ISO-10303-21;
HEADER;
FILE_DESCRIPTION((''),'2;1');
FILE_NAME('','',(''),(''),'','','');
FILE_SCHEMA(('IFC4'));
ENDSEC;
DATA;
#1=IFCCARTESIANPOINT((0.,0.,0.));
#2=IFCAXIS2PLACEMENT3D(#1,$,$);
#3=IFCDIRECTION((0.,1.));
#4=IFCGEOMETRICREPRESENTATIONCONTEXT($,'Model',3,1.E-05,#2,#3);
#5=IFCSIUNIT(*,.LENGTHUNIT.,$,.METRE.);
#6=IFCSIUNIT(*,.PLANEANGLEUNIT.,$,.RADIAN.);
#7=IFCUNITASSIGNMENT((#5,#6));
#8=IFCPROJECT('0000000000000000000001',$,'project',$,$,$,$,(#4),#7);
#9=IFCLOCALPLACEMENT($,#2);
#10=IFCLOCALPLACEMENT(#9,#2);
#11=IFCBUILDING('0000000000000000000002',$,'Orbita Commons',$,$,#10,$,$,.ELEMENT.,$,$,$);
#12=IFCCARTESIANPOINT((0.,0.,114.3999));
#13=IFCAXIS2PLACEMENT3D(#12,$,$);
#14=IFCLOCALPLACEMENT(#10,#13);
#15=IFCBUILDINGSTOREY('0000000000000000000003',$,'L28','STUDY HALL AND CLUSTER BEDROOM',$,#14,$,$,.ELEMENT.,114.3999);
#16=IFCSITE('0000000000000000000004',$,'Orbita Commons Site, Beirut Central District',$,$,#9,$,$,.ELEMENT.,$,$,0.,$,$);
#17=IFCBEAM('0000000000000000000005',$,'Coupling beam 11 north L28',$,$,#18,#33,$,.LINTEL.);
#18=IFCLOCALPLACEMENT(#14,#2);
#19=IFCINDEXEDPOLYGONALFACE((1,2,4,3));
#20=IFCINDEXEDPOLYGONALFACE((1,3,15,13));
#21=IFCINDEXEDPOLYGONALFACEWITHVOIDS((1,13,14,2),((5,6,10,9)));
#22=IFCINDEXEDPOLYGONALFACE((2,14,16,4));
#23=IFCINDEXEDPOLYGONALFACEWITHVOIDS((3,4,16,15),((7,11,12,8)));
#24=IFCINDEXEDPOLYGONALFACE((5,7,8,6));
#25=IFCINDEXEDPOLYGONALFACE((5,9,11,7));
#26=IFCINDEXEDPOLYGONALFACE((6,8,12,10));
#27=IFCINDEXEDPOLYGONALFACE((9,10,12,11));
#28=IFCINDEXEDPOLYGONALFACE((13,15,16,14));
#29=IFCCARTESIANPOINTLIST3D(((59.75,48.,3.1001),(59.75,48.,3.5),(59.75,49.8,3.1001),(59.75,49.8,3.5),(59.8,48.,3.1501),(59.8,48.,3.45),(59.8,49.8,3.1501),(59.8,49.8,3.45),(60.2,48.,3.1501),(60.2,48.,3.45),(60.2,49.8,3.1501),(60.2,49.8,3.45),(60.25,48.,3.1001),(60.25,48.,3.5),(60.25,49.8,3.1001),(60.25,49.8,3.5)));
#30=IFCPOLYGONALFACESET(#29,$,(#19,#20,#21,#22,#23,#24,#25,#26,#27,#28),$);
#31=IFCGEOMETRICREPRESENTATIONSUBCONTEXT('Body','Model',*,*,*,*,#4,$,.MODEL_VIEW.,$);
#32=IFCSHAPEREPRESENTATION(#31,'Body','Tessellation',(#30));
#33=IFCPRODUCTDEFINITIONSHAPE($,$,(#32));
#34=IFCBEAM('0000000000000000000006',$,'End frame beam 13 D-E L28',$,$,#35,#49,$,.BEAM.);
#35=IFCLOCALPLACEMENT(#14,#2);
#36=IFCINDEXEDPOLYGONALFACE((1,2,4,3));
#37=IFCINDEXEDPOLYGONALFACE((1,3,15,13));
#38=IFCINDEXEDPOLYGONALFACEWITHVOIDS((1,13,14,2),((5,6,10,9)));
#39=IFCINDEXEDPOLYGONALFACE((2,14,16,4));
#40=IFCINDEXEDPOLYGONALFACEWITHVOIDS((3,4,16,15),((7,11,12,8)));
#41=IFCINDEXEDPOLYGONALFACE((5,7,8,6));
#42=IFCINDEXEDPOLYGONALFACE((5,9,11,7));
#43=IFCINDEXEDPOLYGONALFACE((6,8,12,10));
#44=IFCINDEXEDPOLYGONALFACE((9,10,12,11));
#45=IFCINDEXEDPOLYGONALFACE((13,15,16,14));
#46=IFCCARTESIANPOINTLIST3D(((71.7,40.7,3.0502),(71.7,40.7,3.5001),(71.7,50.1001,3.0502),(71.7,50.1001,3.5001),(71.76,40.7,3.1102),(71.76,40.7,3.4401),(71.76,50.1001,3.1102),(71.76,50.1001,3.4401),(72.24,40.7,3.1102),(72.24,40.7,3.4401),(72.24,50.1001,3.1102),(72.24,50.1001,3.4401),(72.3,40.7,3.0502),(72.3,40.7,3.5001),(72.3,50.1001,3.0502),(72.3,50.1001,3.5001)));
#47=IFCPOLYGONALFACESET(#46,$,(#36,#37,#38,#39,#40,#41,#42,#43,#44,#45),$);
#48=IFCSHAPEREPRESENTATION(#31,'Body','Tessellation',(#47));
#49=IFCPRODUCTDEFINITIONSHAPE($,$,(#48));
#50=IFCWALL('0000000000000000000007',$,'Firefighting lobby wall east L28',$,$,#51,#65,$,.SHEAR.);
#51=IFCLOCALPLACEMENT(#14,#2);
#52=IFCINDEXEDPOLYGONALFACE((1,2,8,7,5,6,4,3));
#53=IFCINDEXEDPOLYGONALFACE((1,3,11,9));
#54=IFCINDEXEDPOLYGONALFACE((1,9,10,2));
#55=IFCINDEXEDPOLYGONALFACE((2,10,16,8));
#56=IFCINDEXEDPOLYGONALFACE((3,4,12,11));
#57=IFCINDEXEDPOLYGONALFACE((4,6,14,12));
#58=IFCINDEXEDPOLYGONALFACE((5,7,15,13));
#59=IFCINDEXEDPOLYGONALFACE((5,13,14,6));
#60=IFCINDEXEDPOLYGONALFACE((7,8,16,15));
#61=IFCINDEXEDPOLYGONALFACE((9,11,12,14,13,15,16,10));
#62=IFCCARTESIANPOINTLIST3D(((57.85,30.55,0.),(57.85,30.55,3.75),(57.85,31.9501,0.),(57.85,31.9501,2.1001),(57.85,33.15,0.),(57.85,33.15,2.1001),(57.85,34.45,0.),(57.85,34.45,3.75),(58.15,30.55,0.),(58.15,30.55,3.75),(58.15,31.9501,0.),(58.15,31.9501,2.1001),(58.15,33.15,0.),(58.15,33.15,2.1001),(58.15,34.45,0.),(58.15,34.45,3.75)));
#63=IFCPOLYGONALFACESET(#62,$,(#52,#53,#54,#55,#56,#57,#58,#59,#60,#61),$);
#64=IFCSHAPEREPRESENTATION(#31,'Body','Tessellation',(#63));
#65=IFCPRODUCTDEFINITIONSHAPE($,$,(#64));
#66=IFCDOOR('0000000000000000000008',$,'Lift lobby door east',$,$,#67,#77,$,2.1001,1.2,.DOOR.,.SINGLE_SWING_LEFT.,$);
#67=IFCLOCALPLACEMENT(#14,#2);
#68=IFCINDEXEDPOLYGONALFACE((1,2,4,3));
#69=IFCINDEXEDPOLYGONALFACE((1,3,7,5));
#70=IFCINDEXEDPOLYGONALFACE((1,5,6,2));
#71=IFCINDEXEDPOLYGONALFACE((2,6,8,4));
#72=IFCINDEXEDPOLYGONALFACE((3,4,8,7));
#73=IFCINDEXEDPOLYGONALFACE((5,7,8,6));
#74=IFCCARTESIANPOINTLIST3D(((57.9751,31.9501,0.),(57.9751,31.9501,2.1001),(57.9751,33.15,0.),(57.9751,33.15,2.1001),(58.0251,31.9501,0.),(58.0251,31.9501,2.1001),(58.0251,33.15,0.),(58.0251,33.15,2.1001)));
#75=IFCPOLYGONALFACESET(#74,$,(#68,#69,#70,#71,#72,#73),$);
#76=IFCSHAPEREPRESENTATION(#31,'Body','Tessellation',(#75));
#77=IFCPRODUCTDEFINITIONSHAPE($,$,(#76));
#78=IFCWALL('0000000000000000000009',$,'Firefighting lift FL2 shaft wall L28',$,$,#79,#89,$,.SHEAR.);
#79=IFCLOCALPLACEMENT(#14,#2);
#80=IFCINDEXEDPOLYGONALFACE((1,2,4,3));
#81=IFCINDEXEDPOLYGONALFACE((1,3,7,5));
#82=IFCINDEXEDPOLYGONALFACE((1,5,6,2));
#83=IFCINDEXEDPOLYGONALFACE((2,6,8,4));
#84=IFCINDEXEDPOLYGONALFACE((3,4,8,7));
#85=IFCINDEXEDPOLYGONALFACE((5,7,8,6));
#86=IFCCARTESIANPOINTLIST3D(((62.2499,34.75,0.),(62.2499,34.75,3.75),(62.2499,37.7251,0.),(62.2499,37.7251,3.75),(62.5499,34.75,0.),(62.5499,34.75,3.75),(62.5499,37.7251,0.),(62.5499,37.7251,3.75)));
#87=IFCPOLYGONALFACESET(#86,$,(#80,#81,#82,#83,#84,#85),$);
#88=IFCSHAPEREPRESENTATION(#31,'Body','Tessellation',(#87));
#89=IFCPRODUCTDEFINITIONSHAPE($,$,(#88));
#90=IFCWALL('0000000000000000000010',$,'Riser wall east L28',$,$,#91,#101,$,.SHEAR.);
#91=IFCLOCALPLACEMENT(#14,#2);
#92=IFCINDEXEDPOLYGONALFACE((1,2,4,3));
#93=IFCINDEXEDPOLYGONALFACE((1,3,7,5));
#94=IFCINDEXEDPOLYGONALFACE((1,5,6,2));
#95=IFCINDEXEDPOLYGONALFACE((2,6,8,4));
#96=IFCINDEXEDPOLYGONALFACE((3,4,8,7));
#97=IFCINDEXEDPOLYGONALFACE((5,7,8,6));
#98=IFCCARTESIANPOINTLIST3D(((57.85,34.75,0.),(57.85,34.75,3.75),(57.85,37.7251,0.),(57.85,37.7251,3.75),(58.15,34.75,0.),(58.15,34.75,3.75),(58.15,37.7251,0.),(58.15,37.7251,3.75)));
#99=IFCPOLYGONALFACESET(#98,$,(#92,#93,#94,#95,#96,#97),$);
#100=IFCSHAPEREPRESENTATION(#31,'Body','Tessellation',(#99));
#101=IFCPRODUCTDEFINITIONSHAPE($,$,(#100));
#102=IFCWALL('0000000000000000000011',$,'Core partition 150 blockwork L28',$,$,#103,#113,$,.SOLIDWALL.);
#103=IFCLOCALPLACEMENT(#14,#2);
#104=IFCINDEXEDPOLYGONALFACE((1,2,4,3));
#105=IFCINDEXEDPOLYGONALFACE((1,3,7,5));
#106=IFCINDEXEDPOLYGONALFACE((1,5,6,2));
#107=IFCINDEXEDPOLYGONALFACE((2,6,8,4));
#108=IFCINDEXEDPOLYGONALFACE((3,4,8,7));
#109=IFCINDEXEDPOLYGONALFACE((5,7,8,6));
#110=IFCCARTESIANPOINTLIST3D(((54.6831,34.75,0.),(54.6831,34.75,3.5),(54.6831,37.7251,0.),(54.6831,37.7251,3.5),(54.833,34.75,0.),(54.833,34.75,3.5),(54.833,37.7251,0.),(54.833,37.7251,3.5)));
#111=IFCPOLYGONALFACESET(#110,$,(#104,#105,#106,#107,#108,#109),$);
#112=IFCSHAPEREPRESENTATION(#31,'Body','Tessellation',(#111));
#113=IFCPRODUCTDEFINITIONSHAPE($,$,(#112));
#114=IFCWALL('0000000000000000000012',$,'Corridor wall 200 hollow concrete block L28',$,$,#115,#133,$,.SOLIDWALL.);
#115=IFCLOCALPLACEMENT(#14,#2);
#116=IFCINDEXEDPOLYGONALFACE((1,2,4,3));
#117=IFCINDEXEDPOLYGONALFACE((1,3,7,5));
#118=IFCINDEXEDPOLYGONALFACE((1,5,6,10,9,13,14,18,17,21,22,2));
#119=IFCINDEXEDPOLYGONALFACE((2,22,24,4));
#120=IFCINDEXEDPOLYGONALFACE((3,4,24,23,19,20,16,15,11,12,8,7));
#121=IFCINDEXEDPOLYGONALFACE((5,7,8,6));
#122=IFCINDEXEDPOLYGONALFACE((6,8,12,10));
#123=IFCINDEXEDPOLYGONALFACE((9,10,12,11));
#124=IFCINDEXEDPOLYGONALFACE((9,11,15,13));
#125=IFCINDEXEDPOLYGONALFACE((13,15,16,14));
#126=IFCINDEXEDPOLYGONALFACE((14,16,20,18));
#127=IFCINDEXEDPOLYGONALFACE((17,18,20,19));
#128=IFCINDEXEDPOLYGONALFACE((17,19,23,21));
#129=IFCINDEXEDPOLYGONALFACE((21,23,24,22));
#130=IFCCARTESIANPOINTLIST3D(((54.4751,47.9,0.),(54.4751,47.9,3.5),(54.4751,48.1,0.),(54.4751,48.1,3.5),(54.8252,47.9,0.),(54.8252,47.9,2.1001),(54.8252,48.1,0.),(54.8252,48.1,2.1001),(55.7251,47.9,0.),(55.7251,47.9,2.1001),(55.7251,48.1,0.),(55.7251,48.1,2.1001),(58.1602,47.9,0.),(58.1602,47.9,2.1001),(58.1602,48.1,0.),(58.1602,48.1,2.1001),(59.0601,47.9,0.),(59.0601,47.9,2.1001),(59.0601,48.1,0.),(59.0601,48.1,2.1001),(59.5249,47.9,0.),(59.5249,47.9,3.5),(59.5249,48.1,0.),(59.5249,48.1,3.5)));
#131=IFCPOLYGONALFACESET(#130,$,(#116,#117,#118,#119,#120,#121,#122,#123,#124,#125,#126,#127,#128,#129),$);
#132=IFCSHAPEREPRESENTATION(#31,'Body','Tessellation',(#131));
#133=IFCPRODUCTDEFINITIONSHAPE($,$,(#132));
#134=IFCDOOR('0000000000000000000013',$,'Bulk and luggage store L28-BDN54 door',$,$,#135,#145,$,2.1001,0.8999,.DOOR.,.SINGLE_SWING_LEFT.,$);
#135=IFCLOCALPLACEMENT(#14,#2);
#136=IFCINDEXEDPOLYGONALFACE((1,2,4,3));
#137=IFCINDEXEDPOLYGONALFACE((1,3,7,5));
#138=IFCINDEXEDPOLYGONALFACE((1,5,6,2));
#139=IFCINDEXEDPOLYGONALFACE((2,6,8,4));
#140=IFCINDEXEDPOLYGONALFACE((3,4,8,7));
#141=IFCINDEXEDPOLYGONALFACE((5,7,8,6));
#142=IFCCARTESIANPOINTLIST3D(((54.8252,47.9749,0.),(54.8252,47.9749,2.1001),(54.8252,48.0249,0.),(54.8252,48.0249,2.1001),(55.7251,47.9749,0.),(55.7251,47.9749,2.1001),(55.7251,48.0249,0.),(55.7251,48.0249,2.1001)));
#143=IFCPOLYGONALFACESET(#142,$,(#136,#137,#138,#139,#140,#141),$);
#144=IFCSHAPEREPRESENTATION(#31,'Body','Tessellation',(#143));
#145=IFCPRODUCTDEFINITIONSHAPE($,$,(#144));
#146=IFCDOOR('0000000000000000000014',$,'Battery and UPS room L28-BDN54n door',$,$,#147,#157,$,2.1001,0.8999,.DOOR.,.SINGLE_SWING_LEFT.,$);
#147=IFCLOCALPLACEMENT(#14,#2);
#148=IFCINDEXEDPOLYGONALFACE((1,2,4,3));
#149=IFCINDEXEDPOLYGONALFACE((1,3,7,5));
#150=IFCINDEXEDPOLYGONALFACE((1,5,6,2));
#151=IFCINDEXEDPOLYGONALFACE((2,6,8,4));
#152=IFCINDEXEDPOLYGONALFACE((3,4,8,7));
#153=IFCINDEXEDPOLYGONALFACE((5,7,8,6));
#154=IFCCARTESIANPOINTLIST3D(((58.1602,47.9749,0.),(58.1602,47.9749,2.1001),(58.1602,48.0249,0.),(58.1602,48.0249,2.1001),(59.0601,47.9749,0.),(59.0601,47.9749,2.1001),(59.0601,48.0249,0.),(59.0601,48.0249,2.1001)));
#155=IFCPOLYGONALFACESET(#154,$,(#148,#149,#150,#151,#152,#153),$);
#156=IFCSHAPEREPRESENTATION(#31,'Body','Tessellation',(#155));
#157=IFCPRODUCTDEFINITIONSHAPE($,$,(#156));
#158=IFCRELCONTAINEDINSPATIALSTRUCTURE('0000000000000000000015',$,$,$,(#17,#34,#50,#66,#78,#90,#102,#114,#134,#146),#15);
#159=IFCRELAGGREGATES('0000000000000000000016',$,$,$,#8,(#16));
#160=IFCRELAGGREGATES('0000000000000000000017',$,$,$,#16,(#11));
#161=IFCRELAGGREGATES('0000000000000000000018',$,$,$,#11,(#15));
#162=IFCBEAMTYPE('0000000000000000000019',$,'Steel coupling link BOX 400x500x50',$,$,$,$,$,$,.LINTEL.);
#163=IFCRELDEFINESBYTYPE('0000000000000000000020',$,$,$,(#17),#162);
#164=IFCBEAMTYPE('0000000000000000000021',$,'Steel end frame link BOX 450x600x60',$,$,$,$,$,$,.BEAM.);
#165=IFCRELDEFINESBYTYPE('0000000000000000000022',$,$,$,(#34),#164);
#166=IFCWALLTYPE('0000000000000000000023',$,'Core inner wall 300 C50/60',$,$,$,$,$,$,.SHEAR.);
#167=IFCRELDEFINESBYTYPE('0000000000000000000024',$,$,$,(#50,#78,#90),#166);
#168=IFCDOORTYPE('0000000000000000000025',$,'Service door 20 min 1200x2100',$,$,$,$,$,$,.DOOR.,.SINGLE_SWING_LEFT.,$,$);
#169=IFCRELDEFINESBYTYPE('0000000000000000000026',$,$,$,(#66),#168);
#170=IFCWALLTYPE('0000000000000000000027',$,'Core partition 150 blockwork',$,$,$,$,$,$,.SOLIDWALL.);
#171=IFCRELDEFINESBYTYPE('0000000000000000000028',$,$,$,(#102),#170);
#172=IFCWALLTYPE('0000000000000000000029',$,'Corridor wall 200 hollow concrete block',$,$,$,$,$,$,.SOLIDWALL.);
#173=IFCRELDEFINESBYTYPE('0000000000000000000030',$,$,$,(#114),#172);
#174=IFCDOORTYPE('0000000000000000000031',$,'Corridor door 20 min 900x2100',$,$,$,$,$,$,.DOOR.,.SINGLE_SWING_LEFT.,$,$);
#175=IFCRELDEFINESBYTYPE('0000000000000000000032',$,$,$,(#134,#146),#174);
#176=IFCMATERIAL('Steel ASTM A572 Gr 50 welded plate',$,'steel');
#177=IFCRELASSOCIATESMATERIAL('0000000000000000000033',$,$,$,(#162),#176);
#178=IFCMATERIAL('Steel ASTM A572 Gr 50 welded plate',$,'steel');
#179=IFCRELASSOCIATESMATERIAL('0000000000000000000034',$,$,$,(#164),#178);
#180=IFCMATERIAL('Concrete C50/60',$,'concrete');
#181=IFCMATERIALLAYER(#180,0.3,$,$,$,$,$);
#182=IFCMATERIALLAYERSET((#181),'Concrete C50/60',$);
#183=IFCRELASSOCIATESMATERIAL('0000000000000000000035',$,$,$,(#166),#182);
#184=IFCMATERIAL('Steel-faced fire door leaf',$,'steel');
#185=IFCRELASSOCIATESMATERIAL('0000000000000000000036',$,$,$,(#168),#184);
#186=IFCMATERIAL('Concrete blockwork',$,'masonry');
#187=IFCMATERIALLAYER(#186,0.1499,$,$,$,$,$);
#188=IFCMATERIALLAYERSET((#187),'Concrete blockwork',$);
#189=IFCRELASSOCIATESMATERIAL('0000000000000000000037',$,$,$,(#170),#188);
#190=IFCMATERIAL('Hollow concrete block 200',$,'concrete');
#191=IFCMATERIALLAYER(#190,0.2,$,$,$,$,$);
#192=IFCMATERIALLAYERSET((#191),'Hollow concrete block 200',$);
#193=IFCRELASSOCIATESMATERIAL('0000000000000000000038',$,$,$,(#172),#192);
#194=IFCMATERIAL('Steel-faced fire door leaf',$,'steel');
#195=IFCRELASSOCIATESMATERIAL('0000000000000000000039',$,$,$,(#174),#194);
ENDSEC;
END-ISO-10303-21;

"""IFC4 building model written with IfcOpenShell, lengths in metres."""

from ifc_helpers import new_model, si_unit, direction, frame, frame_2d, origin, origin_2d, place, context, subcontext, project, spatial, rectangle, hollow_rectangle, extrude, material, layer, layer_set, material_profile, profile_set, type_object, element, fill, save


model = new_model("IFC4")

# Units and contexts
model_context = context("Model", 3, precision=1e-05, world=origin(), true_north=direction((0.0, 1.0)))
body_context = subcontext(model_context, "Body", "Model", "MODEL_VIEW")
ifc_project = project(units=[si_unit("LENGTHUNIT", "METRE"), si_unit("PLANEANGLEUNIT", "RADIAN")], contexts=[model_context])

# Site, building, storey
site_placement = place(None, origin())
site = spatial("IfcSite", under=ifc_project, at=site_placement, Name="Orbita Commons Site, Beirut Central District", CompositionType="ELEMENT", RefElevation=0.0)
building_placement = place(site_placement, origin())
building = spatial("IfcBuilding", under=site, at=building_placement, Name="Orbita Commons", CompositionType="ELEMENT")
storey_placement = place(building_placement, frame((0.0, 0.0, 114.3999)))
storey = spatial("IfcBuildingStorey", under=building, at=storey_placement, Name="L28", Description="STUDY HALL AND CLUSTER BEDROOM", CompositionType="ELEMENT", Elevation=114.3999)

# Beams
ifc_material_1 = material(Name="Steel ASTM A572 Gr 50 welded plate", Category="steel")
ifc_material_profile_1 = material_profile(ifc_material_1, hollow_rectangle(XDim=0.5, YDim=0.3999, WallThickness=0.05, at=origin_2d()), Name="BOX 400x500x50")
ifc_profile_set_1 = profile_set([ifc_material_profile_1], Name="Steel ASTM A572 Gr 50 welded plate")
beam_type_1 = type_object("IfcBeamType", Name="Steel coupling link BOX 400x500x50", PredefinedType="LINTEL", material=ifc_profile_set_1)
beam_1_placement = place(storey_placement, frame((60.0, 48.0, 3.3), z_axis=(0.0, 1.0, 0.0), x_axis=(-1.0, 0.0, 0.0)))
element("IfcBeam", 1, at=beam_1_placement, inside=storey, type_object=beam_type_1, Name="Coupling beam 11 north L28", PredefinedType="LINTEL", context=body_context, shape_type="SweptSolid", body=[
    extrude(hollow_rectangle(XDim=0.5, YDim=0.3999, WallThickness=0.05, at=origin_2d()), origin(), (0.0, 0.0, 1.0), 1.8),
])
ifc_material_2 = material(Name="Steel ASTM A572 Gr 50 welded plate", Category="steel")
ifc_material_profile_2 = material_profile(ifc_material_2, hollow_rectangle(XDim=0.6001, YDim=0.45, WallThickness=0.0601, at=origin_2d()), Name="BOX 450x600x60")
ifc_profile_set_2 = profile_set([ifc_material_profile_2], Name="Steel ASTM A572 Gr 50 welded plate")
beam_type_2 = type_object("IfcBeamType", Name="Steel end frame link BOX 450x600x60", PredefinedType="BEAM", material=ifc_profile_set_2)
beam_2_placement = place(storey_placement, frame((72.0, 40.7, 3.2751), z_axis=(0.0, 1.0, 0.0), x_axis=(-1.0, 0.0, 0.0)))
element("IfcBeam", 2, at=beam_2_placement, inside=storey, type_object=beam_type_2, Name="End frame beam 13 D-E L28", PredefinedType="BEAM", context=body_context, shape_type="SweptSolid", body=[
    extrude(hollow_rectangle(XDim=0.6001, YDim=0.45, WallThickness=0.0601, at=origin_2d()), origin(), (0.0, 0.0, 1.0), 9.4001),
])

# Wall, opening, door
ifc_material_3 = material(Name="Concrete C50/60", Category="concrete")
ifc_layer_1 = layer(ifc_material_3, 0.3)
ifc_layer_set_1 = layer_set([ifc_layer_1], Name="Concrete C50/60")
wall_type_1 = type_object("IfcWallType", Name="Core inner wall 300 C50/60", PredefinedType="SHEAR", material=ifc_layer_set_1)
wall_1_placement = place(storey_placement, frame((58.0, 30.55, 0.0), z_axis=(0.0, 0.0, 1.0), x_axis=(0.0, 1.0, 0.0)))
wall_1 = element("IfcWall", 3, at=wall_1_placement, inside=storey, type_object=wall_type_1, Name="Firefighting lobby wall east L28", PredefinedType="SHEAR", context=body_context, shape_type="SweptSolid", body=[
    extrude(rectangle(XDim=3.8999, YDim=0.3, at=frame_2d((1.95, 0.0))), origin(), (0.0, 0.0, 1.0), 3.75),
])
opening_1_placement = place(wall_1_placement, frame((1.3999, 0.0, 0.0)))
opening_1 = element("IfcOpeningElement", 4, at=opening_1_placement, cuts=wall_1, PredefinedType="OPENING", context=body_context, shape_type="SweptSolid", body=[
    extrude(rectangle(XDim=1.2, YDim=2.1001, at=frame_2d((0.6001, 1.05))), frame((0.0, 0.1599, 0.0), z_axis=(0.0, -1.0, 0.0), x_axis=(1.0, 0.0, 0.0)), (0.0, 0.0, 1.0), 0.3201),
])
ifc_material_4 = material(Name="Steel-faced fire door leaf", Category="steel")
door_type_1 = type_object("IfcDoorType", Name="Service door 20 min 1200x2100", OperationType="SINGLE_SWING_LEFT", PredefinedType="DOOR", material=ifc_material_4)
door_1_placement = place(opening_1_placement, origin())
door_1 = element("IfcDoor", 5, at=door_1_placement, inside=storey, type_object=door_type_1, Name="Lift lobby door east", OperationType="SINGLE_SWING_LEFT", OverallHeight=2.1001, OverallWidth=1.2, PredefinedType="DOOR", context=body_context, shape_type="SweptSolid", body=[
    extrude(rectangle(XDim=1.2, YDim=2.1001, at=frame_2d((0.6001, 1.05))), frame((0.0, 0.0249, 0.0), z_axis=(0.0, -1.0, 0.0), x_axis=(1.0, 0.0, 0.0)), (0.0, 0.0, 1.0), 0.05),
])
fill(opening_1, door_1)

# Walls
for number, where, z_axis, x_axis, name in (
    (6, (62.3999, 34.75, 0.0), (0.0, 0.0, 1.0), (0.0, 1.0, 0.0), "Firefighting lift FL2 shaft wall L28"),
    (7, (58.0, 34.75, 0.0), (0.0, 0.0, 1.0), (0.0, 1.0, 0.0), "Riser wall east L28"),
):
    element("IfcWall", number, at=place(storey_placement, frame(where, z_axis=z_axis, x_axis=x_axis)), inside=storey, type_object=wall_type_1, Name=name, PredefinedType="SHEAR", context=body_context, shape_type="SweptSolid", body=[
        extrude(rectangle(XDim=2.9751, YDim=0.3, at=frame_2d((1.4875, 0.0))), origin(), (0.0, 0.0, 1.0), 3.75),
    ])
ifc_material_5 = material(Name="Concrete blockwork", Category="masonry")
ifc_layer_2 = layer(ifc_material_5, 0.1499)
ifc_layer_set_2 = layer_set([ifc_layer_2], Name="Concrete blockwork")
wall_type_2 = type_object("IfcWallType", Name="Core partition 150 blockwork", PredefinedType="SOLIDWALL", material=ifc_layer_set_2)
wall_2_placement = place(storey_placement, frame((54.7581, 34.75, 0.0), z_axis=(0.0, 0.0, 1.0), x_axis=(0.0, 1.0, 0.0)))
element("IfcWall", 8, at=wall_2_placement, inside=storey, type_object=wall_type_2, Name="Core partition 150 blockwork L28", PredefinedType="SOLIDWALL", context=body_context, shape_type="SweptSolid", body=[
    extrude(rectangle(XDim=2.9751, YDim=0.1499, at=frame_2d((1.4875, 0.0))), origin(), (0.0, 0.0, 1.0), 3.5),
])

# Wall, openings, doors
ifc_material_6 = material(Name="Hollow concrete block 200", Category="concrete")
ifc_layer_3 = layer(ifc_material_6, 0.2)
ifc_layer_set_3 = layer_set([ifc_layer_3], Name="Hollow concrete block 200")
wall_type_3 = type_object("IfcWallType", Name="Corridor wall 200 hollow concrete block", PredefinedType="SOLIDWALL", material=ifc_layer_set_3)
wall_3_placement = place(storey_placement, frame((54.4751, 48.0, 0.0), z_axis=(0.0, 0.0, 1.0), x_axis=(1.0, 0.0, 0.0)))
wall_3 = element("IfcWall", 9, at=wall_3_placement, inside=storey, type_object=wall_type_3, Name="Corridor wall 200 hollow concrete block L28", PredefinedType="SOLIDWALL", context=body_context, shape_type="SweptSolid", body=[
    extrude(rectangle(XDim=5.0498, YDim=0.2, at=frame_2d((2.5249, 0.0))), origin(), (0.0, 0.0, 1.0), 3.5),
])
opening_2_placement = place(wall_3_placement, frame((0.3501, 0.0, 0.0)))
opening_2 = element("IfcOpeningElement", 10, at=opening_2_placement, cuts=wall_3, PredefinedType="OPENING", context=body_context, shape_type="SweptSolid", body=[
    extrude(rectangle(XDim=0.8999, YDim=2.1001, at=frame_2d((0.45, 1.05))), frame((0.0, 0.1099, 0.0), z_axis=(0.0, -1.0, 0.0), x_axis=(1.0, 0.0, 0.0)), (0.0, 0.0, 1.0), 0.22),
])
opening_3_placement = place(wall_3_placement, frame((3.6851, 0.0, 0.0)))
opening_3 = element("IfcOpeningElement", 11, at=opening_3_placement, cuts=wall_3, PredefinedType="OPENING", context=body_context, shape_type="SweptSolid", body=[
    extrude(rectangle(XDim=0.8999, YDim=2.1001, at=frame_2d((0.45, 1.05))), frame((0.0, 0.1099, 0.0), z_axis=(0.0, -1.0, 0.0), x_axis=(1.0, 0.0, 0.0)), (0.0, 0.0, 1.0), 0.22),
])
ifc_material_7 = material(Name="Steel-faced fire door leaf", Category="steel")
door_type_2 = type_object("IfcDoorType", Name="Corridor door 20 min 900x2100", OperationType="SINGLE_SWING_LEFT", PredefinedType="DOOR", material=ifc_material_7)
door_2_placement = place(opening_2_placement, origin())
door_2 = element("IfcDoor", 12, at=door_2_placement, inside=storey, type_object=door_type_2, Name="Bulk and luggage store L28-BDN54 door", OperationType="SINGLE_SWING_LEFT", OverallHeight=2.1001, OverallWidth=0.8999, PredefinedType="DOOR", context=body_context, shape_type="SweptSolid", body=[
    extrude(rectangle(XDim=0.8999, YDim=2.1001, at=frame_2d((0.45, 1.05))), frame((0.0, 0.0249, 0.0), z_axis=(0.0, -1.0, 0.0), x_axis=(1.0, 0.0, 0.0)), (0.0, 0.0, 1.0), 0.05),
])
fill(opening_2, door_2)
door_3_placement = place(opening_3_placement, origin())
door_3 = element("IfcDoor", 13, at=door_3_placement, inside=storey, type_object=door_type_2, Name="Battery and UPS room L28-BDN54n door", OperationType="SINGLE_SWING_LEFT", OverallHeight=2.1001, OverallWidth=0.8999, PredefinedType="DOOR", context=body_context, shape_type="SweptSolid", body=[
    extrude(rectangle(XDim=0.8999, YDim=2.1001, at=frame_2d((0.45, 1.05))), frame((0.0, 0.0249, 0.0), z_axis=(0.0, -1.0, 0.0), x_axis=(1.0, 0.0, 0.0)), (0.0, 0.0, 1.0), 0.05),
])
fill(opening_3, door_3)

save(model, "model.ifc")
